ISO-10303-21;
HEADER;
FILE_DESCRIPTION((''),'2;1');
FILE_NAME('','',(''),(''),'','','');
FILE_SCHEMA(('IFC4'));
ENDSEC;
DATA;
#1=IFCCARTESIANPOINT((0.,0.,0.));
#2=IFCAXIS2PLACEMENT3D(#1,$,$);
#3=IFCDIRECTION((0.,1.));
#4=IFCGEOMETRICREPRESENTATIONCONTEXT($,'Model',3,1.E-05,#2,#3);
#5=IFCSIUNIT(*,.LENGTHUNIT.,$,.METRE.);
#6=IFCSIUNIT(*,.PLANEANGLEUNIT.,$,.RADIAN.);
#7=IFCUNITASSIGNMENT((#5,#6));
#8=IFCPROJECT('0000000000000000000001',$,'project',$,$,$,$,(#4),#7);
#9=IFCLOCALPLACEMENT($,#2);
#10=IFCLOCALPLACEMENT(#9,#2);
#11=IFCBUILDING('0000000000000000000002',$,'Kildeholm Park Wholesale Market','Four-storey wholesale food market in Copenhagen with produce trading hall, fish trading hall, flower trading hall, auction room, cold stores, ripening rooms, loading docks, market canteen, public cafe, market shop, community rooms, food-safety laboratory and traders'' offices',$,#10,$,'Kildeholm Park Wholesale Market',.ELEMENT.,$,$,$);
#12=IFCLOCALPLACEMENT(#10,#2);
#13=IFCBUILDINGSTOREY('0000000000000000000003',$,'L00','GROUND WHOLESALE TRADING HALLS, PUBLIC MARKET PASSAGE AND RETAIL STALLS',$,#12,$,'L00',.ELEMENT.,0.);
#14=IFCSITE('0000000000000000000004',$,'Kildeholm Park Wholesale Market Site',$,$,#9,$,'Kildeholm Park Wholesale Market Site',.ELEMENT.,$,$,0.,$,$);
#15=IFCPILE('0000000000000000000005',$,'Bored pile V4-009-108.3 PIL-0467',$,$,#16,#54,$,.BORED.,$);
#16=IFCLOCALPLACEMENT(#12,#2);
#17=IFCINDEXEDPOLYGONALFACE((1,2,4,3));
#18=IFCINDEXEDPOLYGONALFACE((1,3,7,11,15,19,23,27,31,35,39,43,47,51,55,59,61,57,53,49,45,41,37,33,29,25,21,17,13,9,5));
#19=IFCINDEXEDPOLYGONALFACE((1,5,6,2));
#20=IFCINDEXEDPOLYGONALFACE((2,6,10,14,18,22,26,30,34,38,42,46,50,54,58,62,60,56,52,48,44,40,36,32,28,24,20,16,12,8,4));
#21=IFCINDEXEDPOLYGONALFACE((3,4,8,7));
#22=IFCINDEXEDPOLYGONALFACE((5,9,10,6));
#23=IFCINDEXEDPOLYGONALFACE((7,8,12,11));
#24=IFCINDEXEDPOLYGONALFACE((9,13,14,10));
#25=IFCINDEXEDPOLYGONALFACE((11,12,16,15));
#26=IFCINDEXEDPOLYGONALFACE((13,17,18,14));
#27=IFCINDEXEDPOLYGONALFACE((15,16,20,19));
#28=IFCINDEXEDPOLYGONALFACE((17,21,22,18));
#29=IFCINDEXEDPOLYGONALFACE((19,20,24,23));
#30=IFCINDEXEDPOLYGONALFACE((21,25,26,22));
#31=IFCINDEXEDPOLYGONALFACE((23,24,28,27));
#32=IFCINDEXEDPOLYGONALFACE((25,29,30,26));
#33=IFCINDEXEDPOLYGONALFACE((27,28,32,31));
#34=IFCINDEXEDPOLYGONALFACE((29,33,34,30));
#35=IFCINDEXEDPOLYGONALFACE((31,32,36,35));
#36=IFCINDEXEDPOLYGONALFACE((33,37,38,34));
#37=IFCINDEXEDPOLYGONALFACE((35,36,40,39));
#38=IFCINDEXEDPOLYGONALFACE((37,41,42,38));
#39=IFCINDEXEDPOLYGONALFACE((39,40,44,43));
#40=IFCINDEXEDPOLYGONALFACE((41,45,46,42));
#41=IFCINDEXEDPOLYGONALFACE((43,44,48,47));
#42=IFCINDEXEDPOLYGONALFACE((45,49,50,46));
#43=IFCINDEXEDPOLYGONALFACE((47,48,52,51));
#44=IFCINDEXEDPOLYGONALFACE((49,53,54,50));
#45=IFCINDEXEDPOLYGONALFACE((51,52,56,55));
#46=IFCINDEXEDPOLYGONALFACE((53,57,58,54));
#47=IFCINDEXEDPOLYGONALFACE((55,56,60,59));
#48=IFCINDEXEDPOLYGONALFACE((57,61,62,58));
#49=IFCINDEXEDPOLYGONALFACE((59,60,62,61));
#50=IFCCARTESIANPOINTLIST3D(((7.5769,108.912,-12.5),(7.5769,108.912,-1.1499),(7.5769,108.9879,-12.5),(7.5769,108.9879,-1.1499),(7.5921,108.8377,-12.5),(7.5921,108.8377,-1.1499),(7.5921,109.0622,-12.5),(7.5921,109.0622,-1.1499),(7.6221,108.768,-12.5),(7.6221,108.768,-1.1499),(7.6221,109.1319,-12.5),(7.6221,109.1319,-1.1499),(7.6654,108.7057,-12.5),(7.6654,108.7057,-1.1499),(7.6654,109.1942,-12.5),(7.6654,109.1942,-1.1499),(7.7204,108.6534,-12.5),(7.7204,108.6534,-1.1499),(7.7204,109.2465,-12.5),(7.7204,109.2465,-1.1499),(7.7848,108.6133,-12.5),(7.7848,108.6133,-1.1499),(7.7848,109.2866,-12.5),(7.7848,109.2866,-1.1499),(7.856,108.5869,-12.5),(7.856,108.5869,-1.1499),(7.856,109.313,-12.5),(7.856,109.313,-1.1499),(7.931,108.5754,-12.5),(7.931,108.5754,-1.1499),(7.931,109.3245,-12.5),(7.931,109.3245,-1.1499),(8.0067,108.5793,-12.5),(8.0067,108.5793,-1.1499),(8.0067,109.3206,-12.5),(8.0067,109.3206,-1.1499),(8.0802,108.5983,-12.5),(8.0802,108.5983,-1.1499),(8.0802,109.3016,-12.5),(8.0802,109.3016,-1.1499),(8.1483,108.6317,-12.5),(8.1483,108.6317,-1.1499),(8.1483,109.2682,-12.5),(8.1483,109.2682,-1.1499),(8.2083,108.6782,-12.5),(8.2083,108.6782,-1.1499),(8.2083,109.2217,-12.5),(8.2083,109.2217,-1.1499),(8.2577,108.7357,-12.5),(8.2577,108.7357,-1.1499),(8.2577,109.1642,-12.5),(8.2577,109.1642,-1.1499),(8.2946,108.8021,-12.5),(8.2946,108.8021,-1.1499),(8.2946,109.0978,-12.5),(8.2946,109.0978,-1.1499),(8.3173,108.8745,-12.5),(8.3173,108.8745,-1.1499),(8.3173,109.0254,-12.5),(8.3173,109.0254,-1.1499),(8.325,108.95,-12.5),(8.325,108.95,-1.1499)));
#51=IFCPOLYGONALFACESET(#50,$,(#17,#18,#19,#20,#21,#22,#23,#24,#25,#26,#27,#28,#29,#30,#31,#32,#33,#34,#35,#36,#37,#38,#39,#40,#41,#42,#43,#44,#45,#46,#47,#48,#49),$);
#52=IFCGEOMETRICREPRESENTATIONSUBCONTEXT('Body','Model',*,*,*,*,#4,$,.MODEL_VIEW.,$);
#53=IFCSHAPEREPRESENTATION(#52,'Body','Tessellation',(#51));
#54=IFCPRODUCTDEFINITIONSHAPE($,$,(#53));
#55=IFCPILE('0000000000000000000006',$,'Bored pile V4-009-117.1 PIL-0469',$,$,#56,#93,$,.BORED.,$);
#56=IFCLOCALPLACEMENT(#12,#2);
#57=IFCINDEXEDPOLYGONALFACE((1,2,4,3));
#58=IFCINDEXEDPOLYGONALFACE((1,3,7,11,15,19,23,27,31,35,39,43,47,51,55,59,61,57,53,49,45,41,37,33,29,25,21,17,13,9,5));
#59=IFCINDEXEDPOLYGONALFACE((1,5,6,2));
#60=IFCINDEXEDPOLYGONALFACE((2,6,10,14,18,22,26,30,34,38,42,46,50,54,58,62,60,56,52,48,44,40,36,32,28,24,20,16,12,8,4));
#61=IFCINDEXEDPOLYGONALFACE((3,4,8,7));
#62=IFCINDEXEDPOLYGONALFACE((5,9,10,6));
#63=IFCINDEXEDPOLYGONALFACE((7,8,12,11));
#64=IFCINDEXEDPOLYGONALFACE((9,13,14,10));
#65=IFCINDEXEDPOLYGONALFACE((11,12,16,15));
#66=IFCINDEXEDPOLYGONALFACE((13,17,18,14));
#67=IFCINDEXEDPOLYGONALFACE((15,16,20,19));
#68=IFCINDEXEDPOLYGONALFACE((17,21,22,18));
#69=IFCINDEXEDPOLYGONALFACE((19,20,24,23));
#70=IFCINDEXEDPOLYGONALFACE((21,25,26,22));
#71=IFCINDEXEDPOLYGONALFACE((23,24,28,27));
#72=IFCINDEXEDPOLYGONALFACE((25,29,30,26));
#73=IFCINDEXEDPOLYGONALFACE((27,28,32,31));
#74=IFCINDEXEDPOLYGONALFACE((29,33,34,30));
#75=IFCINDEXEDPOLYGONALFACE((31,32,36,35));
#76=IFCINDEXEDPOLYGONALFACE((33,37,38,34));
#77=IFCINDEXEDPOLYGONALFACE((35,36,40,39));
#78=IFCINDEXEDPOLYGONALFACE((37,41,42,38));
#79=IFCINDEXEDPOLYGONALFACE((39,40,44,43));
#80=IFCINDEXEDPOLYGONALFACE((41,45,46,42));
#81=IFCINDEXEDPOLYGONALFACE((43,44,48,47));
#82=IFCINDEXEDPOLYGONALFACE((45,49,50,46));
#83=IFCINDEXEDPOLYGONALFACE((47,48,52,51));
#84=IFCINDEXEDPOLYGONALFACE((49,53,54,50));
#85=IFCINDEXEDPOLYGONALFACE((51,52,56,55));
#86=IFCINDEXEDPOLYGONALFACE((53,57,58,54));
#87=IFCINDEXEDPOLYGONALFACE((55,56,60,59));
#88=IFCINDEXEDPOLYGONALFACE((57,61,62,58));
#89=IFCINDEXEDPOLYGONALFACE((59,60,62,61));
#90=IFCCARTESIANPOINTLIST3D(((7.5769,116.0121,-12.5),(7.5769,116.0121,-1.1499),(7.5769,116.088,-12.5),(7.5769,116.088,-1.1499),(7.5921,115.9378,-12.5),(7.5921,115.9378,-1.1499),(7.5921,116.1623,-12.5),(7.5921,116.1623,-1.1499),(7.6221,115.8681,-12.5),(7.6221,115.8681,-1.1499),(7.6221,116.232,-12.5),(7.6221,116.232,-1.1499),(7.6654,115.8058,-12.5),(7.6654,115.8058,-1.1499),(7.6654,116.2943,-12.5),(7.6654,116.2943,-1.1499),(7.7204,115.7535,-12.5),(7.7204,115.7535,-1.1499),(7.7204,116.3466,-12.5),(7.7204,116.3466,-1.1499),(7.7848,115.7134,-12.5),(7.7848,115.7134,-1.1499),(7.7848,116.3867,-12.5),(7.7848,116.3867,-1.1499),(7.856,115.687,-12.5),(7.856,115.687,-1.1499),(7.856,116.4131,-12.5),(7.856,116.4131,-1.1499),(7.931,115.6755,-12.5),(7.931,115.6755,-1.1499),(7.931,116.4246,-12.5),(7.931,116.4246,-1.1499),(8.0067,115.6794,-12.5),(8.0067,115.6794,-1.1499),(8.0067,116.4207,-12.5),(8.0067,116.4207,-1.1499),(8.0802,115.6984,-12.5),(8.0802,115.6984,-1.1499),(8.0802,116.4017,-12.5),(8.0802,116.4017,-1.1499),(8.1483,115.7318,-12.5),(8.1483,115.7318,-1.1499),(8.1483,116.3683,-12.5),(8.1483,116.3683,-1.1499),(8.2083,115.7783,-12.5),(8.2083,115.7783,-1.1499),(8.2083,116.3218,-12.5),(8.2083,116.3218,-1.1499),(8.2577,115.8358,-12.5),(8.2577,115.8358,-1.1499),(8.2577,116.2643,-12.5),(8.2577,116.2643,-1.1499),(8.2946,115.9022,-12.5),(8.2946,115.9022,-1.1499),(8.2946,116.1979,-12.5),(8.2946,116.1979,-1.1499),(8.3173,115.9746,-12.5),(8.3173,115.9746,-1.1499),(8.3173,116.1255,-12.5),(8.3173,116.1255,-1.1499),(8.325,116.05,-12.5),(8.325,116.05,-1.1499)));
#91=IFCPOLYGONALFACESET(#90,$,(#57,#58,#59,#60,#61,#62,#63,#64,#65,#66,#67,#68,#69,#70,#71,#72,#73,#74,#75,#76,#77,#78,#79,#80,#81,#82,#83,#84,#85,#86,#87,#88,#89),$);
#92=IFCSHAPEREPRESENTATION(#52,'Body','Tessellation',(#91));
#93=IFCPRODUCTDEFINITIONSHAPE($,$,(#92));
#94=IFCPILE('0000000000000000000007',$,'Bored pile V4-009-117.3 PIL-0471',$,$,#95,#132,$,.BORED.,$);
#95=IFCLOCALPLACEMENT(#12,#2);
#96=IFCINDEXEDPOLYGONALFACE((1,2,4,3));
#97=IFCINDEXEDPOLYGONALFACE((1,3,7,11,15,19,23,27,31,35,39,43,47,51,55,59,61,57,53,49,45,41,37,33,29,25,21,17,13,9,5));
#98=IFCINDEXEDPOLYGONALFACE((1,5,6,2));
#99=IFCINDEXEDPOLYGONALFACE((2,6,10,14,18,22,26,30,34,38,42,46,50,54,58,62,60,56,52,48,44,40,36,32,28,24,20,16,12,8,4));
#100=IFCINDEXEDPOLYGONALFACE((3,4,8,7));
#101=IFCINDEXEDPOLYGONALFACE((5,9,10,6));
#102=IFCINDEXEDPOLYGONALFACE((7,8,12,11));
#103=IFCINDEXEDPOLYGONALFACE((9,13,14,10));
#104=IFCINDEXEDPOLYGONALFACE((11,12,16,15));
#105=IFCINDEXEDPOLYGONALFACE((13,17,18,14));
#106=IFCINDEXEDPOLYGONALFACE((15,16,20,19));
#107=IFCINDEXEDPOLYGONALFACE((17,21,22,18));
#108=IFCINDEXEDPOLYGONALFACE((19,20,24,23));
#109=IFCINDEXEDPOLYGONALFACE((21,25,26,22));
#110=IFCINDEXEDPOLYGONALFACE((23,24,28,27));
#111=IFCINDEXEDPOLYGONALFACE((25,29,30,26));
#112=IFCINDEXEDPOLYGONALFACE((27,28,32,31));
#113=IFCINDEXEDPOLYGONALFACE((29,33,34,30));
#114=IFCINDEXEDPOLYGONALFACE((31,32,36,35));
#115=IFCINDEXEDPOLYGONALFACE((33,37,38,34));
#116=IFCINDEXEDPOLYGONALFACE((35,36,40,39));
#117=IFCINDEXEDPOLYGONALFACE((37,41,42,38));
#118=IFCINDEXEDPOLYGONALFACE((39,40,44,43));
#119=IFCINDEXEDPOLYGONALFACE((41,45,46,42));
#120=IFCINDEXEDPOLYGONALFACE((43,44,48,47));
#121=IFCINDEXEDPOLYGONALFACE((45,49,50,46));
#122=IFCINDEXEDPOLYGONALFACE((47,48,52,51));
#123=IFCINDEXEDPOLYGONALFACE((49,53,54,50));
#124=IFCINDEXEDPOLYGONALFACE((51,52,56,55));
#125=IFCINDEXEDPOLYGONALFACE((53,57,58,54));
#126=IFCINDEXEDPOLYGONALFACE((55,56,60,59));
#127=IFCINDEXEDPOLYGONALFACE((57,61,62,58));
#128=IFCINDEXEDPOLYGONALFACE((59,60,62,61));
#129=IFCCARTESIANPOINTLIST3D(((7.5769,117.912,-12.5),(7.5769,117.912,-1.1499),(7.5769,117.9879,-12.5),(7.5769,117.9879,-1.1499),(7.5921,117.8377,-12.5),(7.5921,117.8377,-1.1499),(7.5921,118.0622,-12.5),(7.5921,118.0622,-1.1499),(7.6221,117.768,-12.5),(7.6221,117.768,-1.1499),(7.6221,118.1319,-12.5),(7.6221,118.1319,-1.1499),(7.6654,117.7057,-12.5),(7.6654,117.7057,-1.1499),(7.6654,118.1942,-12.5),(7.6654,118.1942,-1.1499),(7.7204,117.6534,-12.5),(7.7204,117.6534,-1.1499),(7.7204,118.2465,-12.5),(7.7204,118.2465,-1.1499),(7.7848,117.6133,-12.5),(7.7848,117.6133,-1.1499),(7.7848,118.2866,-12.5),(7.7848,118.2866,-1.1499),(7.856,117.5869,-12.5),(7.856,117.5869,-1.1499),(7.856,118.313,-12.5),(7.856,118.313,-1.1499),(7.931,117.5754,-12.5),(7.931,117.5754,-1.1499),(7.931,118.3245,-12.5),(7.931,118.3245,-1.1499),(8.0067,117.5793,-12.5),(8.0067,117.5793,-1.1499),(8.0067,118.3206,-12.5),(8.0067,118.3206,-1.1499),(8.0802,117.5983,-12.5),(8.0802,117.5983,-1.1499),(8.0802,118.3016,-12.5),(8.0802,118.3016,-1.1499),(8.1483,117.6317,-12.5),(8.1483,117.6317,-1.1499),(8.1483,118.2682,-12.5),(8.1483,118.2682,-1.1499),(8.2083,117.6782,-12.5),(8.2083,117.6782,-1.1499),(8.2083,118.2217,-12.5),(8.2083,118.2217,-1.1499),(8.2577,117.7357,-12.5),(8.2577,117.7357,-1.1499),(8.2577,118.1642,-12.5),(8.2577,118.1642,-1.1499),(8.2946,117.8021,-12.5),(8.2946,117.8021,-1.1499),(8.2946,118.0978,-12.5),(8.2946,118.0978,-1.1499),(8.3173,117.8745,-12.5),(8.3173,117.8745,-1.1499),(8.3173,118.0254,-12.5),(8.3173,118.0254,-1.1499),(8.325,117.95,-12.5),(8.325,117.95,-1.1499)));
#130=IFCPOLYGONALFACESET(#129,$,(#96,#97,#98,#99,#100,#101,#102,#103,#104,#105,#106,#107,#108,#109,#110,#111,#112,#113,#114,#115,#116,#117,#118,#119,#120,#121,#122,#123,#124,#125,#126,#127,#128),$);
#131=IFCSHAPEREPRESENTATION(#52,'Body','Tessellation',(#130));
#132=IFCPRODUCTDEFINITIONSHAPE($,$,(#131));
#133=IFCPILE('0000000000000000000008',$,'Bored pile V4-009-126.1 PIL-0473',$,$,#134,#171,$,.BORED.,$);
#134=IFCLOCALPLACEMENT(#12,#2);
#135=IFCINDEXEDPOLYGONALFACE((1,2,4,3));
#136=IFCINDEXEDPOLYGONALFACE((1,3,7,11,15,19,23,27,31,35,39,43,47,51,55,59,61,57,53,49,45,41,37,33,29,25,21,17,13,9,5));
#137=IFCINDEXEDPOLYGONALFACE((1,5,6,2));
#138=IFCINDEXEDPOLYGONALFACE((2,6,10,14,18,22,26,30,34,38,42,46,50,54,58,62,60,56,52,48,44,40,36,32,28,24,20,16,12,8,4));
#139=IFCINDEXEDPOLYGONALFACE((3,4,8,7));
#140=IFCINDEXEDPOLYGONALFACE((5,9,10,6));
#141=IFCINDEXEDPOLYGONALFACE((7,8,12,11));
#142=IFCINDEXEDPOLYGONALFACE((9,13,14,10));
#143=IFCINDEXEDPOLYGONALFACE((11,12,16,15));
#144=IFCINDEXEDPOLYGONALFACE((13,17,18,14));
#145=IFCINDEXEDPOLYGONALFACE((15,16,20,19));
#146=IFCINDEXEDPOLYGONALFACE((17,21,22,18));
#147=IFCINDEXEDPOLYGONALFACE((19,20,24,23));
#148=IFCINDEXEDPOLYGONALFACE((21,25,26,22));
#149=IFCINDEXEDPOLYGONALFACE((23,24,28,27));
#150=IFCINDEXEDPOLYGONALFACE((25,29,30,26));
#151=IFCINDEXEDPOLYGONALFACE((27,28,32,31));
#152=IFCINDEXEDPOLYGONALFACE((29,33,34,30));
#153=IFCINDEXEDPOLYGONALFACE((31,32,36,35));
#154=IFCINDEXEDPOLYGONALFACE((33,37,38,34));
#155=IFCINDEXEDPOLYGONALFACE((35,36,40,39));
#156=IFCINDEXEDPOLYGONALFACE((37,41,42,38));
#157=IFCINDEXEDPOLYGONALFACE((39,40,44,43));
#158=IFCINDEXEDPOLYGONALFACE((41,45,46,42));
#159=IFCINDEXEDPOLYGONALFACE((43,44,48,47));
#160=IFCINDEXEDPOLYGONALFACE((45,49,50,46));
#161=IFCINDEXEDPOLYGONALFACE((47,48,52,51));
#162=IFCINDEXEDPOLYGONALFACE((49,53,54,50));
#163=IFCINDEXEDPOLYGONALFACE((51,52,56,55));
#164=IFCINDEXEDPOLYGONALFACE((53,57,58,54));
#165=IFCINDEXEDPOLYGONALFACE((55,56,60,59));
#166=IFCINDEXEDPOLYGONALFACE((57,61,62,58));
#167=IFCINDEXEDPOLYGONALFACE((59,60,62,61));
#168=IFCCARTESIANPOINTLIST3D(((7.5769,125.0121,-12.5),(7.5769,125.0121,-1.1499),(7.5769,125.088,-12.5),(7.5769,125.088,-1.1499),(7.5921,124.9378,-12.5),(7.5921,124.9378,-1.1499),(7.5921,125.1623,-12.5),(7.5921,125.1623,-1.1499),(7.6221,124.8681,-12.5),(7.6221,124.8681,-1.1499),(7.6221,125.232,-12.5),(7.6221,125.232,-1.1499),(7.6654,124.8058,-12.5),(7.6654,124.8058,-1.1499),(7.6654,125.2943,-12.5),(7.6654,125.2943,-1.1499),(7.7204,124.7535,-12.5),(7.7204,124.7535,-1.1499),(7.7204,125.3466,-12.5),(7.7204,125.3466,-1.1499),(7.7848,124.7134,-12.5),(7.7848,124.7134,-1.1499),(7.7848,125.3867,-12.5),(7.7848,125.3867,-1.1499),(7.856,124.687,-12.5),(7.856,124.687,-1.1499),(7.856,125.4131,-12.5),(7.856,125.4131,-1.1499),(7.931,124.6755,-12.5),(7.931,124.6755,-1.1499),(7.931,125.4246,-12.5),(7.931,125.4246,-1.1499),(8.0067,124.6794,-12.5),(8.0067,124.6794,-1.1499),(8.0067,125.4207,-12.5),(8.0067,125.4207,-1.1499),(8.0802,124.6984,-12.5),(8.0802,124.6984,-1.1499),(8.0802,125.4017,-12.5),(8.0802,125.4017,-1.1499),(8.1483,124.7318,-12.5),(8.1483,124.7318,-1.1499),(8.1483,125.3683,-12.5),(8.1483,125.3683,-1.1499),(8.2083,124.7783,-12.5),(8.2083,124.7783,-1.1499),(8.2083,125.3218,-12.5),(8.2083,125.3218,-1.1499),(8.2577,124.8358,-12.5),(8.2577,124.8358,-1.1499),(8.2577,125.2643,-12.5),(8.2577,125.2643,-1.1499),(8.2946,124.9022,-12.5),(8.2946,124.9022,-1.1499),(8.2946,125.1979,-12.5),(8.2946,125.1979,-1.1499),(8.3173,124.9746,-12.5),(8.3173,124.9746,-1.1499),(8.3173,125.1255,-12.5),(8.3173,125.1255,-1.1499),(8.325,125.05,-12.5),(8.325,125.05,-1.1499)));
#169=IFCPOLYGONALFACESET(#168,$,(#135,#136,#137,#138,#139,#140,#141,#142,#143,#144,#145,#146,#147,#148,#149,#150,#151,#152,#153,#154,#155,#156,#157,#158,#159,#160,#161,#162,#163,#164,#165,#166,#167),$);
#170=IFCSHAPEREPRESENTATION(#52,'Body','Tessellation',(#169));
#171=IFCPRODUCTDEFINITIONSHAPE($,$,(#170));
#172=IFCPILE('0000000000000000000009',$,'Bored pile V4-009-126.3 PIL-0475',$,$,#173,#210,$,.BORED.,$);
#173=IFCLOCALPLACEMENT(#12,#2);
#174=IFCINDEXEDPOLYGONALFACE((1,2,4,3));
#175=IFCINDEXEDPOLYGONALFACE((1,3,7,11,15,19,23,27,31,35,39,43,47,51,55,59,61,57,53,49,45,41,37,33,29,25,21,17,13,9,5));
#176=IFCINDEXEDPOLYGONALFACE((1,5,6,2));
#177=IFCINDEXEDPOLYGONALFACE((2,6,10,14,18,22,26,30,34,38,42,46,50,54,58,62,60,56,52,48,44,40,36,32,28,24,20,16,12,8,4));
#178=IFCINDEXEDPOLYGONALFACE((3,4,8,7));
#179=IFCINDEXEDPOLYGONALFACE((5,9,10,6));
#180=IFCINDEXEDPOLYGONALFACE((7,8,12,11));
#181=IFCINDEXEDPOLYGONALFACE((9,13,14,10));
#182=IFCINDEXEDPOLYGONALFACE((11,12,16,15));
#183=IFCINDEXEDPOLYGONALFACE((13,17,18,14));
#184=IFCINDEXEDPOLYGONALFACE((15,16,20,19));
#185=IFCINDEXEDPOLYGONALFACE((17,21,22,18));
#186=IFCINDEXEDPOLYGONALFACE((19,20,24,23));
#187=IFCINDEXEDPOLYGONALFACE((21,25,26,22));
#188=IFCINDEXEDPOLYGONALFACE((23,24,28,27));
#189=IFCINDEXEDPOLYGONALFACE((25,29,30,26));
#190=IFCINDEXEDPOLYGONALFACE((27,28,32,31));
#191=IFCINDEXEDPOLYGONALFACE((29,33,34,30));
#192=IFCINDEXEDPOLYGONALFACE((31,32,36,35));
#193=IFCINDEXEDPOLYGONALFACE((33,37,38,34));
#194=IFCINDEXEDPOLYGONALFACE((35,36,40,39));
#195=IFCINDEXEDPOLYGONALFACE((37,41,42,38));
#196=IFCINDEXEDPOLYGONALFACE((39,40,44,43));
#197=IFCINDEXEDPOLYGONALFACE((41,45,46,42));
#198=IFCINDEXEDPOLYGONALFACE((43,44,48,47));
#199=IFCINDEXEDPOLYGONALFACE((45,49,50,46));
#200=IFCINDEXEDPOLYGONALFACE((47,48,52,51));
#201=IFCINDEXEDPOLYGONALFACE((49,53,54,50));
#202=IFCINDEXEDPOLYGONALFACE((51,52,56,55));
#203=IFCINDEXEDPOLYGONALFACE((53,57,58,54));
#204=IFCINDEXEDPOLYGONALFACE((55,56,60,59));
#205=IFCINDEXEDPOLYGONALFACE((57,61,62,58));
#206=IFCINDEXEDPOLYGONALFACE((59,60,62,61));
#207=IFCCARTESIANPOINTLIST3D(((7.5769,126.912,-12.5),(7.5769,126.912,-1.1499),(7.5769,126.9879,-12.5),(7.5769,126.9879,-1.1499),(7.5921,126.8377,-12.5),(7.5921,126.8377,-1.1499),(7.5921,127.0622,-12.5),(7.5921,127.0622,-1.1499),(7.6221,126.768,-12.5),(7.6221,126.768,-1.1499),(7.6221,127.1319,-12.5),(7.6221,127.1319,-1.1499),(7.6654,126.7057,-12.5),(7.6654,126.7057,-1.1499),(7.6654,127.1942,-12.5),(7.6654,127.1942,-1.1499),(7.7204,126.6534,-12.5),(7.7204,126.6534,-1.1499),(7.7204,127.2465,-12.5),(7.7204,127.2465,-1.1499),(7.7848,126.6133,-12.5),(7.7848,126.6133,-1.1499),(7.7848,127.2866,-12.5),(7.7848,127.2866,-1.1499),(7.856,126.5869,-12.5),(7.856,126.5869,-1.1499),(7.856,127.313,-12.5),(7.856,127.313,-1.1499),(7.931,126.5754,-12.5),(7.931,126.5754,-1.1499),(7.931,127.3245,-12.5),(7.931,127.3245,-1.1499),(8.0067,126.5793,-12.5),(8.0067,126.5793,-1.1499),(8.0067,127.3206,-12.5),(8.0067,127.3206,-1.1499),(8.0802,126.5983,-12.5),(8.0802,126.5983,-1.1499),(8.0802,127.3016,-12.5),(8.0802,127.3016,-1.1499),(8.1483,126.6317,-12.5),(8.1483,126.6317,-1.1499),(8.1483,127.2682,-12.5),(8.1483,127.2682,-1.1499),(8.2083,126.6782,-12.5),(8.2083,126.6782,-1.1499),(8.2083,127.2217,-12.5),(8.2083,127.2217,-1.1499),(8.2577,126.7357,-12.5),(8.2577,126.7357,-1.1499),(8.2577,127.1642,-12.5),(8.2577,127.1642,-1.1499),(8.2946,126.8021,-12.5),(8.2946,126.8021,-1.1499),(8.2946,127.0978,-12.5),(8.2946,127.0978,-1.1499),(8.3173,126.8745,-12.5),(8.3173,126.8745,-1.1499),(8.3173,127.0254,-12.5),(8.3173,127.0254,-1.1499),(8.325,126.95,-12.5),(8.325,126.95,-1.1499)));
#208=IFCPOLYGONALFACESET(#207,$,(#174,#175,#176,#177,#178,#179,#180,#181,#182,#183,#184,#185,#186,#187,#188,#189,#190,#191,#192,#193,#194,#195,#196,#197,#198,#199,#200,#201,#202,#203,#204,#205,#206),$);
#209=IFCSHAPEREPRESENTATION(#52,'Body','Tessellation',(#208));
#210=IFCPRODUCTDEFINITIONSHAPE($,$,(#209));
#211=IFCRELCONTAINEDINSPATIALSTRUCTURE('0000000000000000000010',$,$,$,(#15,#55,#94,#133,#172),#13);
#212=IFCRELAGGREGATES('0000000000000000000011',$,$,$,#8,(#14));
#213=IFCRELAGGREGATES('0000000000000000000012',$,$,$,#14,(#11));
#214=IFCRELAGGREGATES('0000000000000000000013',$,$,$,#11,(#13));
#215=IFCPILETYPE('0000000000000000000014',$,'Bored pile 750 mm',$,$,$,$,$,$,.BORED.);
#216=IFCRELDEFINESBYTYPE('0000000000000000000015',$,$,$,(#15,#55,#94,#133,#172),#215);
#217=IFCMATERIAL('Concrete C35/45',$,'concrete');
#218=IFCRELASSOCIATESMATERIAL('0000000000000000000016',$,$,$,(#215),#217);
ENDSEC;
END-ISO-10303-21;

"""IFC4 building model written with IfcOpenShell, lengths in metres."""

from ifc_helpers import new_model, si_unit, direction, frame, origin, origin_2d, place, context, subcontext, project, spatial, circle, extrude, material, material_profile, profile_set, type_object, element, save


model = new_model("IFC4")

# Units and contexts
model_context = context("Model", 3, precision=1e-05, world=origin(), true_north=direction((0.0, 1.0)))
body_context = subcontext(model_context, "Body", "Model", "MODEL_VIEW")
ifc_project = project(units=[si_unit("LENGTHUNIT", "METRE"), si_unit("PLANEANGLEUNIT", "RADIAN")], contexts=[model_context])

# Site, building, storey
site_placement = place(None, origin())
site = spatial("IfcSite", under=ifc_project, at=site_placement, Name="Kildeholm Park Wholesale Market Site", LongName="Kildeholm Park Wholesale Market Site", CompositionType="ELEMENT", RefElevation=0.0)
building_placement = place(site_placement, origin())
building = spatial("IfcBuilding", under=site, at=building_placement, Name="Kildeholm Park Wholesale Market", Description="Four-storey wholesale food market in Copenhagen with produce trading hall, fish trading hall, flower trading hall, auction room, cold stores, ripening rooms, loading docks, market canteen, public cafe, market shop, community rooms, food-safety laboratory and traders' offices", LongName="Kildeholm Park Wholesale Market", CompositionType="ELEMENT")
storey_placement = place(building_placement, origin())
storey = spatial("IfcBuildingStorey", under=building, at=storey_placement, Name="L00", Description="GROUND WHOLESALE TRADING HALLS, PUBLIC MARKET PASSAGE AND RETAIL STALLS", LongName="L00", CompositionType="ELEMENT", Elevation=0.0)

# Piles
ifc_material_1 = material(Name="Concrete C35/45", Category="concrete")
ifc_material_profile_1 = material_profile(ifc_material_1, circle(Radius=0.375, at=origin_2d()), Name="PILE D750")
ifc_profile_set_1 = profile_set([ifc_material_profile_1], Name="Concrete C35/45")
pile_type = type_object("IfcPileType", Name="Bored pile 750 mm", PredefinedType="BORED", material=ifc_profile_set_1)
for number, where, z_axis, x_axis, name in (
    (1, (7.95, 108.95, -1.1499), (0.0, 0.0, -1.0), (1.0, 0.0, 0.0), "Bored pile V4-009-108.3 PIL-0467"),
    (2, (7.95, 116.05, -1.1499), (0.0, 0.0, -1.0), (1.0, 0.0, 0.0), "Bored pile V4-009-117.1 PIL-0469"),
    (3, (7.95, 117.95, -1.1499), (0.0, 0.0, -1.0), (1.0, 0.0, 0.0), "Bored pile V4-009-117.3 PIL-0471"),
    (4, (7.95, 125.05, -1.1499), (0.0, 0.0, -1.0), (1.0, 0.0, 0.0), "Bored pile V4-009-126.1 PIL-0473"),
    (5, (7.95, 126.95, -1.1499), (0.0, 0.0, -1.0), (1.0, 0.0, 0.0), "Bored pile V4-009-126.3 PIL-0475"),
):
    element("IfcPile", number, at=place(storey_placement, frame(where, z_axis=z_axis, x_axis=x_axis)), inside=storey, type_object=pile_type, Name=name, PredefinedType="BORED", context=body_context, shape_type="SweptSolid", body=[
        extrude(circle(Radius=0.375, at=origin_2d()), origin(), (0.0, 0.0, 1.0), 11.3501),
    ])

save(model, "model.ifc")
